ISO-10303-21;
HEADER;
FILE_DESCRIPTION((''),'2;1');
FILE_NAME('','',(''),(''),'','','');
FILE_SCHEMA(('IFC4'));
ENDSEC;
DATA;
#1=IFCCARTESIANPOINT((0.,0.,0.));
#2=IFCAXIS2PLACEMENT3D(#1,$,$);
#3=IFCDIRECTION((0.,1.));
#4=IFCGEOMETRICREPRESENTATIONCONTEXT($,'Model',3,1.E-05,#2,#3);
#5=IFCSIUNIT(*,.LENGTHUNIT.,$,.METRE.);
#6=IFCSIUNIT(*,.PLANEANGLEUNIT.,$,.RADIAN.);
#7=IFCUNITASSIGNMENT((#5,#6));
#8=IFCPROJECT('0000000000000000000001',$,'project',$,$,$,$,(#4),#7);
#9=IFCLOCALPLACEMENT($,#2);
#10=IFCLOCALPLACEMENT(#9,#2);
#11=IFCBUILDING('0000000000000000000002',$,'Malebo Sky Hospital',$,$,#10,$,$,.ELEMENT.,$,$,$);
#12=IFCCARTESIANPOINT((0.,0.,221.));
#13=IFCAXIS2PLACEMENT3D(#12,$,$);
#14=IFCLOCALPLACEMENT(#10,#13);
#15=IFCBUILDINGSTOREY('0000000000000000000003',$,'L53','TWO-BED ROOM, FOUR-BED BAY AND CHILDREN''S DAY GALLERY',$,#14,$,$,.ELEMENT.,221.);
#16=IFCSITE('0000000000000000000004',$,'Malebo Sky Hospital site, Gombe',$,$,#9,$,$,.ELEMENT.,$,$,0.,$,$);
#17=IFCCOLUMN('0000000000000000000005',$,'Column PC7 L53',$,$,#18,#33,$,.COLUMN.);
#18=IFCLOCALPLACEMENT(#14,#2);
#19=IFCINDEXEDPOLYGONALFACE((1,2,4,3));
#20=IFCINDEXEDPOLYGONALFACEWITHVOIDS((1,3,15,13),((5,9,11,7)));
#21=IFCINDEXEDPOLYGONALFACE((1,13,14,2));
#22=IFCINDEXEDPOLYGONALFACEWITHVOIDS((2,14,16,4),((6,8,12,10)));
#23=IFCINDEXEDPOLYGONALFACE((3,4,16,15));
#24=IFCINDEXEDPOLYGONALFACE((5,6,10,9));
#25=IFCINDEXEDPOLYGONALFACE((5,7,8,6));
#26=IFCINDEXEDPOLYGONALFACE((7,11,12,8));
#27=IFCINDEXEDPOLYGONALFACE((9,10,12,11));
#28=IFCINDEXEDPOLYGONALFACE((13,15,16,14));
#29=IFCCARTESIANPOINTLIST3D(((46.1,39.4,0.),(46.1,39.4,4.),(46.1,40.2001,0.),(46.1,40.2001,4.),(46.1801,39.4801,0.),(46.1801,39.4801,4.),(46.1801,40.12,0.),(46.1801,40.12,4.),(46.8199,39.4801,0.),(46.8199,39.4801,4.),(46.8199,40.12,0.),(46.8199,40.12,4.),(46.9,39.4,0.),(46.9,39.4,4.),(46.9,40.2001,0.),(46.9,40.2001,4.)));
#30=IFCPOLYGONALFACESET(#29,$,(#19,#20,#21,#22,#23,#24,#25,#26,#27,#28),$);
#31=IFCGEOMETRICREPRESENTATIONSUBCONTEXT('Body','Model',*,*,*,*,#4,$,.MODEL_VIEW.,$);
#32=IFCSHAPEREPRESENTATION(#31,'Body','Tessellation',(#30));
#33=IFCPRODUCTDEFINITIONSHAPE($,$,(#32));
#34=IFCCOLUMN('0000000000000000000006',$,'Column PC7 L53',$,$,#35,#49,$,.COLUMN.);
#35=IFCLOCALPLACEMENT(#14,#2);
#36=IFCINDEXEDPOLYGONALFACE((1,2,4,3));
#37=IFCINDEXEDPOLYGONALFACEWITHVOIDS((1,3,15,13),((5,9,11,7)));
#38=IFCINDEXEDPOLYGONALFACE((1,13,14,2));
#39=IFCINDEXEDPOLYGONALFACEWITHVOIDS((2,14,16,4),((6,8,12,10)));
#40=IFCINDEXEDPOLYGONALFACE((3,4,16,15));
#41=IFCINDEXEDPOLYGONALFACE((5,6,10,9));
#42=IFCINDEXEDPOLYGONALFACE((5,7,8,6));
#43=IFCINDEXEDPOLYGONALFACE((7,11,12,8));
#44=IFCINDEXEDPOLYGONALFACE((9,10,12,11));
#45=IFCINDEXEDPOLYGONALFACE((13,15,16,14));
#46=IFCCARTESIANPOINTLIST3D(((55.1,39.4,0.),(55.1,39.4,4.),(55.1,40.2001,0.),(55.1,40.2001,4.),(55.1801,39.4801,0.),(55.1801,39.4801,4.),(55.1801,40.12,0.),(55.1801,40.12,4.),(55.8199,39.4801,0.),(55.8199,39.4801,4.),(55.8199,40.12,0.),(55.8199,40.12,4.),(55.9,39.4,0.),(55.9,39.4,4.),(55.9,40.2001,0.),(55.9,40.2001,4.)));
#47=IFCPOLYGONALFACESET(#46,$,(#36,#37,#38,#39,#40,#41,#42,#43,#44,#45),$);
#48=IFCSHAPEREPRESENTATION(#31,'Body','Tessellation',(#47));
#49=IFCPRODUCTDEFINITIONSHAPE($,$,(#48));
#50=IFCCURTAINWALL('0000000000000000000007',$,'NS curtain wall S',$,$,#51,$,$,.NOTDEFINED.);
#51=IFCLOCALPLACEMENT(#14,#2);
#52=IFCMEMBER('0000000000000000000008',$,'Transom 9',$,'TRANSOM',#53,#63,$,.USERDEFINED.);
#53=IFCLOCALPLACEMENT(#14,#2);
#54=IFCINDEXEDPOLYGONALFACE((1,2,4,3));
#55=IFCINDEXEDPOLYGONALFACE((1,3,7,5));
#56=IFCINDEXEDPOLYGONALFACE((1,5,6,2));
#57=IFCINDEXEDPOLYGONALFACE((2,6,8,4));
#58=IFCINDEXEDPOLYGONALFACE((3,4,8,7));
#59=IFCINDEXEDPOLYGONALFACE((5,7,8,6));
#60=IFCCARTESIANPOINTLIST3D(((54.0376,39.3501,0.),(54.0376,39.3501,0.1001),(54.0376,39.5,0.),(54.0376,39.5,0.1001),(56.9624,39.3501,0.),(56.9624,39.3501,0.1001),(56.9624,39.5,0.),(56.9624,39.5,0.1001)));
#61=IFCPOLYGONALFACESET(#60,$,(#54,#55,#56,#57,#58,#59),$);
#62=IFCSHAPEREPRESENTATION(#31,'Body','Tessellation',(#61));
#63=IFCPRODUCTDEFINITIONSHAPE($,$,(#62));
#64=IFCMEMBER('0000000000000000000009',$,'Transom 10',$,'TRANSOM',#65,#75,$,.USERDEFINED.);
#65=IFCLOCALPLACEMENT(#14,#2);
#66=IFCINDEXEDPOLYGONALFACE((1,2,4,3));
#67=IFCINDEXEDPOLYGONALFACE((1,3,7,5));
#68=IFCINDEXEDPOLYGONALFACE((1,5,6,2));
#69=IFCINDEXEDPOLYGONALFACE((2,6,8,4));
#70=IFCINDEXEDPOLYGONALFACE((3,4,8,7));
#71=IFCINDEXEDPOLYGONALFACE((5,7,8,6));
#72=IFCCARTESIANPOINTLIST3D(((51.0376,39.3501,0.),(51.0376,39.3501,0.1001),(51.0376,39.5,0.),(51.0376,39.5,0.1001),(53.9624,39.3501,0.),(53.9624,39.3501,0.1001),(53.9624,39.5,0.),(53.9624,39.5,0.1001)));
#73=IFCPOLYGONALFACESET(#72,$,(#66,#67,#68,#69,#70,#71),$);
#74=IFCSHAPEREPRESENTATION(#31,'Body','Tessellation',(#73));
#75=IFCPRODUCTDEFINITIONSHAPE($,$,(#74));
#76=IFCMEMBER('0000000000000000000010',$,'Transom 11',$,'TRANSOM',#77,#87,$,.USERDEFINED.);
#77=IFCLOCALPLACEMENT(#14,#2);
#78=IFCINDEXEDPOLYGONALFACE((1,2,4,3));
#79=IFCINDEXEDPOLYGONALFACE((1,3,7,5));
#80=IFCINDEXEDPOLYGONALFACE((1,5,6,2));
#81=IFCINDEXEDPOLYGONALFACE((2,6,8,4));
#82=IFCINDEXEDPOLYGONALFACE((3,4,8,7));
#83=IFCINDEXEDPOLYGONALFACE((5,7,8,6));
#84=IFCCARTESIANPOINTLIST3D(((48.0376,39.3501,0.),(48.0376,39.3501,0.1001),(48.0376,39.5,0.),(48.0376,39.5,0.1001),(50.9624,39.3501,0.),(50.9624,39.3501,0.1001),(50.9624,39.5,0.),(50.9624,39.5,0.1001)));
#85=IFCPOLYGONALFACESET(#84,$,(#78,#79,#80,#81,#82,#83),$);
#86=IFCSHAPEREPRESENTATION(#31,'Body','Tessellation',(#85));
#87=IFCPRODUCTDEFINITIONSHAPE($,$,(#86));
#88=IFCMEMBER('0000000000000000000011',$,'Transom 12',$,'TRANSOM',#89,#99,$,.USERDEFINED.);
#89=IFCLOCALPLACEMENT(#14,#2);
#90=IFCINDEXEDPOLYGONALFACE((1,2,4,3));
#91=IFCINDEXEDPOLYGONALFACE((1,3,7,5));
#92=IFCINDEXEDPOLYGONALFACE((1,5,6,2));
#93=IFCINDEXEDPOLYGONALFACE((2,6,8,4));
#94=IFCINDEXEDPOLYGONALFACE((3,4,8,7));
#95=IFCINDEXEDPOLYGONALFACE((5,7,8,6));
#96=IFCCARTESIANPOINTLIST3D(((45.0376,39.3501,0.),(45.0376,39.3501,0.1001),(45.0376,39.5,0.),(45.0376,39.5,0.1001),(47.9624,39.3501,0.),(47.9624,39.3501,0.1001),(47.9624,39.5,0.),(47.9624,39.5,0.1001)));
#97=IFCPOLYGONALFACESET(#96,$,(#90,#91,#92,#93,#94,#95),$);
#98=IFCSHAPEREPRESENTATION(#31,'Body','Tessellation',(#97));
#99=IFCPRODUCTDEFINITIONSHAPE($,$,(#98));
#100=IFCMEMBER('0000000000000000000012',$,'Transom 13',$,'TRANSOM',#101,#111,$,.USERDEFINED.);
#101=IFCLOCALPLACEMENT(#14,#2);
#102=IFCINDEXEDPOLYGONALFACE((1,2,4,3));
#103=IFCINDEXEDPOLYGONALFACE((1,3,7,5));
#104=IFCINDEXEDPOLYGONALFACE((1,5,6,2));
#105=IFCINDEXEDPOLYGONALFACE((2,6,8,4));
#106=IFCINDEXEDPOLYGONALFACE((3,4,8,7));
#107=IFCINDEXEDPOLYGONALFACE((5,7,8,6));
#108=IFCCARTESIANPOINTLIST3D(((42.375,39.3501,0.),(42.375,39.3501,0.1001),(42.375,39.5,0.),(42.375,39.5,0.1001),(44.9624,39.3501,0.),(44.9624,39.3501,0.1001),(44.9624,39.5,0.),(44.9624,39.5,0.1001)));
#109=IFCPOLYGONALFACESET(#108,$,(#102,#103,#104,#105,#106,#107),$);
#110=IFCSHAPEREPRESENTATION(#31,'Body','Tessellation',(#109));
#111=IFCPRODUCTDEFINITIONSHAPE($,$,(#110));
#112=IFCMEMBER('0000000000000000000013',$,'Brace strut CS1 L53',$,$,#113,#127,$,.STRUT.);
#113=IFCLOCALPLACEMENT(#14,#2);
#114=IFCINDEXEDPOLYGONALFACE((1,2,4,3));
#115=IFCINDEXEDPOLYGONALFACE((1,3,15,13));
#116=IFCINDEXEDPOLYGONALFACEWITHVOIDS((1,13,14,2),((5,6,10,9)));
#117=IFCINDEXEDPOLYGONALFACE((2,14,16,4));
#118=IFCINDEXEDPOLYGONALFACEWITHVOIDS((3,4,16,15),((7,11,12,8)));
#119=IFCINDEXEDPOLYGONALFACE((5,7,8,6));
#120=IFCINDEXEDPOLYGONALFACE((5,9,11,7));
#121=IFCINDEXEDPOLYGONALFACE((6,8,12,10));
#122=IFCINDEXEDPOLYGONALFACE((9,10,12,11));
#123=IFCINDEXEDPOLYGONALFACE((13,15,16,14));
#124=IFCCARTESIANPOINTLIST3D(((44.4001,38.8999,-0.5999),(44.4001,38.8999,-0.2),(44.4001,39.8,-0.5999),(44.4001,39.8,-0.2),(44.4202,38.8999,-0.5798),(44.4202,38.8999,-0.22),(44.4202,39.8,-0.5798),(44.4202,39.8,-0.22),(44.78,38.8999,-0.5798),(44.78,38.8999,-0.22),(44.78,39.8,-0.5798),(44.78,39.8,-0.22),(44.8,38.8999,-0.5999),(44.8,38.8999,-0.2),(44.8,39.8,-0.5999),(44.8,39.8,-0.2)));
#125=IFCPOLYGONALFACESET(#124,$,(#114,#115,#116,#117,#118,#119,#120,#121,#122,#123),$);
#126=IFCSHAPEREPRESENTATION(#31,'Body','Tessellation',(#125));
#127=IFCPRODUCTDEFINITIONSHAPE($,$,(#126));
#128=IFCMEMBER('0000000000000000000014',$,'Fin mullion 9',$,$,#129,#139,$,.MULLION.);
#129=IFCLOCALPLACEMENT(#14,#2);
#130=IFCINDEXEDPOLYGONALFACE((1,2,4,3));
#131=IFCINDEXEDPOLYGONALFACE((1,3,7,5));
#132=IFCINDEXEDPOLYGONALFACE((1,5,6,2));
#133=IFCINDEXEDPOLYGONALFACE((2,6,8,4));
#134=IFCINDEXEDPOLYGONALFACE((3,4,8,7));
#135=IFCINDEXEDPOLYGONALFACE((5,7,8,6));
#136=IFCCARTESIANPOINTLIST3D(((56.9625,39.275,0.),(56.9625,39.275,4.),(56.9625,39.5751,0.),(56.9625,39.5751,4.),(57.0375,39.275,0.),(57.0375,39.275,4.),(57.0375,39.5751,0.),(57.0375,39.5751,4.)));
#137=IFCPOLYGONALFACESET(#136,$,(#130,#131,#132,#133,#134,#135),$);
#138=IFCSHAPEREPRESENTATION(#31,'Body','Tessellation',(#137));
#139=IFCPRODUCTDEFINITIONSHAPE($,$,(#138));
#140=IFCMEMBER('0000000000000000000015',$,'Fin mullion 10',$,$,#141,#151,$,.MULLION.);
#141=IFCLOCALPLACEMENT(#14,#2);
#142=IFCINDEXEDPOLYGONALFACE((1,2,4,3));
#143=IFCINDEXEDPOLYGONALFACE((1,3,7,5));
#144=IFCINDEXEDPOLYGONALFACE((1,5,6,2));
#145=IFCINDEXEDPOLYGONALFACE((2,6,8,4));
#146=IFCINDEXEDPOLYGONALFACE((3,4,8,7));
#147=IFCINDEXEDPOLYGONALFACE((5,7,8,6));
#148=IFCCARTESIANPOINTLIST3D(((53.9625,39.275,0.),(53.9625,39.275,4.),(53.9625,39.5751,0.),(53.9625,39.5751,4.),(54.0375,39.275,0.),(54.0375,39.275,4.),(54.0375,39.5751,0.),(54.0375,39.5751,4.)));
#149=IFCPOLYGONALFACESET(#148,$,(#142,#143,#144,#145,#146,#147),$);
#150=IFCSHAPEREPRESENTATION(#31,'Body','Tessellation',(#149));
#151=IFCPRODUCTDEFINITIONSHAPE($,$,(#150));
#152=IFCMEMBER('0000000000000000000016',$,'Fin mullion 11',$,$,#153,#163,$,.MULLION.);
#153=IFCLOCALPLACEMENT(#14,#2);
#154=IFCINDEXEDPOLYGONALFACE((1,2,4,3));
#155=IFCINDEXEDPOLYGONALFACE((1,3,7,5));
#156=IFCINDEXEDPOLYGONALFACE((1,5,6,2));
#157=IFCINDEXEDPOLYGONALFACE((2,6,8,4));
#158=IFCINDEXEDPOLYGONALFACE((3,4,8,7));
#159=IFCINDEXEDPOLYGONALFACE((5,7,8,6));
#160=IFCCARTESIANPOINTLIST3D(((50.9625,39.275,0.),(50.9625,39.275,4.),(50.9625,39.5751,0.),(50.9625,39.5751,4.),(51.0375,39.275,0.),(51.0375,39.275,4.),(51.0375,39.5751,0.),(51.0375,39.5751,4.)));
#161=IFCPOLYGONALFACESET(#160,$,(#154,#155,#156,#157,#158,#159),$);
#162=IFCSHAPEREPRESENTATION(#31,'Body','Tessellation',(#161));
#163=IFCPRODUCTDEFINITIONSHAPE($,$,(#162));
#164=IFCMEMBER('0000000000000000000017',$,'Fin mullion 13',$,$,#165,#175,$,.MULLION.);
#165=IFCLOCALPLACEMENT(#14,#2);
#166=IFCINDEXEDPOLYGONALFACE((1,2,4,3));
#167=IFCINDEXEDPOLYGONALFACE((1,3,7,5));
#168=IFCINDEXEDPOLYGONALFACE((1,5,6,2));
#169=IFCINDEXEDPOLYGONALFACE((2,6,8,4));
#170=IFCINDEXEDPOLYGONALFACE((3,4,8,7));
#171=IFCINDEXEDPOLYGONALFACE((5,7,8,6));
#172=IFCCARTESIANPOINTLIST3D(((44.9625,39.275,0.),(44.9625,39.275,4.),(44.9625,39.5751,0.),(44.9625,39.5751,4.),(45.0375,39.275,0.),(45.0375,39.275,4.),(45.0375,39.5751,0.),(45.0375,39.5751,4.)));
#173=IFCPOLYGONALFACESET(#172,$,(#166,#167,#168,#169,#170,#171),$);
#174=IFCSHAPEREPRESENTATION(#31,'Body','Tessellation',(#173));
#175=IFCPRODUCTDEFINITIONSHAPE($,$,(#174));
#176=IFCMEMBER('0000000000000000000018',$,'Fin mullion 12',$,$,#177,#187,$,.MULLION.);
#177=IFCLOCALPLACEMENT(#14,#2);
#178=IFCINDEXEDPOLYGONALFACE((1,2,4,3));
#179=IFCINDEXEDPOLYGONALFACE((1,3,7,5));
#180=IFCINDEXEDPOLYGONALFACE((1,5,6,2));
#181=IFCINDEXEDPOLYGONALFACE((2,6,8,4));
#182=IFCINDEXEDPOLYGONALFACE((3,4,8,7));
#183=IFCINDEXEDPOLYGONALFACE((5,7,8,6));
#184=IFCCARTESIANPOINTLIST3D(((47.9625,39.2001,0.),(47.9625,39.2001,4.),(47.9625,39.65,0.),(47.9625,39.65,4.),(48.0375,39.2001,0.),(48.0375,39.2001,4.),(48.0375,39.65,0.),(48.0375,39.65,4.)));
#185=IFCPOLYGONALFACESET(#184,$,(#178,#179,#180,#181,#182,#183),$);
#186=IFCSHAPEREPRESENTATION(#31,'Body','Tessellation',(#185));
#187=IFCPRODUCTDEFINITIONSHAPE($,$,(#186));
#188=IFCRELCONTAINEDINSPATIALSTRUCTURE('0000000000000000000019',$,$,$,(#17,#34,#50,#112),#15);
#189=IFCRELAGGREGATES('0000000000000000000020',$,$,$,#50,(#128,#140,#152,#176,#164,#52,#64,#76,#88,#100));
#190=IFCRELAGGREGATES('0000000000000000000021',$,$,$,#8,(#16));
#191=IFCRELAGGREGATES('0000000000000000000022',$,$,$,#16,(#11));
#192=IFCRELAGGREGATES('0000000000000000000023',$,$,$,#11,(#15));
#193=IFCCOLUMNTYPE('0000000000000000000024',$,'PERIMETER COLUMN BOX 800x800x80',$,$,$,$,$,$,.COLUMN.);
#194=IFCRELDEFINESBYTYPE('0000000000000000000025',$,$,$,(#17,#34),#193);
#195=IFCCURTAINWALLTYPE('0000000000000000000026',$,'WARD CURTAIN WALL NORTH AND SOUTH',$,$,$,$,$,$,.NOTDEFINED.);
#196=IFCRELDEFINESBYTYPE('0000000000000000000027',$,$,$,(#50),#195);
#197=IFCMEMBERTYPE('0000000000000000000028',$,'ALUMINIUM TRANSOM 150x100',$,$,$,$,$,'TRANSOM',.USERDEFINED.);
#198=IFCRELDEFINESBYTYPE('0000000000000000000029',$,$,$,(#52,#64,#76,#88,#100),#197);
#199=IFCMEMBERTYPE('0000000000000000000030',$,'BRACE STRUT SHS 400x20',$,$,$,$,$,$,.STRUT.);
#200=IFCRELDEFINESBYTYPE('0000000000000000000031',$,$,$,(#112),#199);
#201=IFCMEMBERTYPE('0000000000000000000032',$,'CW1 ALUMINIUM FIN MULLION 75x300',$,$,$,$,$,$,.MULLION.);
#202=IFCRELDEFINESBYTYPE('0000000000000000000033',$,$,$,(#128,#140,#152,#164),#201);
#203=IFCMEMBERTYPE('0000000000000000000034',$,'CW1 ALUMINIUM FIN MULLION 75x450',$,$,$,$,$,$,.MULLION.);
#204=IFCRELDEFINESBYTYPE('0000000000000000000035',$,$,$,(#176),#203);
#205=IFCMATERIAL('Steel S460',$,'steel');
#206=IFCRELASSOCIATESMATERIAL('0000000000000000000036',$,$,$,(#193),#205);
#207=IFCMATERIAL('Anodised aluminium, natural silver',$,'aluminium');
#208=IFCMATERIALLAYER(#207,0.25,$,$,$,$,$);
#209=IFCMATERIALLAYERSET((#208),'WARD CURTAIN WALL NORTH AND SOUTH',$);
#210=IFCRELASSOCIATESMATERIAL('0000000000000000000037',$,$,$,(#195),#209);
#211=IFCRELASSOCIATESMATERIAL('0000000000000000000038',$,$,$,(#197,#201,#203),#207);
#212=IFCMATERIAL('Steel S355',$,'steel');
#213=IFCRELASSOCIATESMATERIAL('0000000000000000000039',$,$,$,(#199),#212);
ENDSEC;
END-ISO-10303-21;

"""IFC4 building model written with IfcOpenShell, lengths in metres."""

from ifc_helpers import new_model, si_unit, direction, frame, origin, origin_2d, place, context, subcontext, project, spatial, rectangle, hollow_rectangle, extrude, material, layer, layer_set, material_profile, profile_set, type_object, element, aggregate, save


model = new_model("IFC4")

# Units and contexts
model_context = context("Model", 3, precision=1e-05, world=origin(), true_north=direction((0.0, 1.0)))
body_context = subcontext(model_context, "Body", "Model", "MODEL_VIEW")
ifc_project = project(units=[si_unit("LENGTHUNIT", "METRE"), si_unit("PLANEANGLEUNIT", "RADIAN")], contexts=[model_context])

# Site, building, storey
site_placement = place(None, origin())
site = spatial("IfcSite", under=ifc_project, at=site_placement, Name="Malebo Sky Hospital site, Gombe", CompositionType="ELEMENT", RefElevation=0.0)
building_placement = place(site_placement, origin())
building = spatial("IfcBuilding", under=site, at=building_placement, Name="Malebo Sky Hospital", CompositionType="ELEMENT")
storey_placement = place(building_placement, frame((0.0, 0.0, 221.0)))
storey = spatial("IfcBuildingStorey", under=building, at=storey_placement, Name="L53", Description="TWO-BED ROOM, FOUR-BED BAY AND CHILDREN'S DAY GALLERY", CompositionType="ELEMENT", Elevation=221.0)

# Columns
ifc_material_1 = material(Name="Steel S460", Category="steel")
ifc_material_profile_1 = material_profile(ifc_material_1, hollow_rectangle(XDim=0.8, YDim=0.8, WallThickness=0.0801, at=origin_2d()), Name="BOX 800x800x80")
ifc_profile_set_1 = profile_set([ifc_material_profile_1], Name="Steel S460")
column_type = type_object("IfcColumnType", Name="PERIMETER COLUMN BOX 800x800x80", PredefinedType="COLUMN", material=ifc_profile_set_1)
for number, where, z_axis, x_axis, name in (
    (1, (46.5, 39.8, 0.0), (0.0, 0.0, 1.0), (1.0, 0.0, 0.0), "Column PC7 L53"),
    (2, (55.5, 39.8, 0.0), (0.0, 0.0, 1.0), (1.0, 0.0, 0.0), "Column PC7 L53"),
):
    element("IfcColumn", number, at=place(storey_placement, frame(where, z_axis=z_axis, x_axis=x_axis)), inside=storey, type_object=column_type, Name=name, PredefinedType="COLUMN", context=body_context, shape_type="SweptSolid", body=[
        extrude(hollow_rectangle(XDim=0.8, YDim=0.8, WallThickness=0.0801, at=origin_2d()), origin(), (0.0, 0.0, 1.0), 4.0),
    ])

# Curtain wall, members
ifc_material_2 = material(Name="Anodised aluminium, natural silver", Category="aluminium")
ifc_layer_1 = layer(ifc_material_2, 0.25)
ifc_layer_set_1 = layer_set([ifc_layer_1], Name="WARD CURTAIN WALL NORTH AND SOUTH")
curtain_wall_type = type_object("IfcCurtainWallType", Name="WARD CURTAIN WALL NORTH AND SOUTH", PredefinedType="NOTDEFINED", material=ifc_layer_set_1)
curtain_wall_placement = place(storey_placement, origin())
curtain_wall = element("IfcCurtainWall", 3, at=curtain_wall_placement, inside=storey, type_object=curtain_wall_type, Name="NS curtain wall S", PredefinedType="NOTDEFINED")
ifc_material_profile_2 = material_profile(ifc_material_2, rectangle(XDim=0.1499, YDim=0.1001, at=origin_2d()), Name="ALUMINIUM TRANSOM 150x100")
ifc_profile_set_2 = profile_set([ifc_material_profile_2], Name="Anodised aluminium, natural silver")
member_type_1 = type_object("IfcMemberType", Name="ALUMINIUM TRANSOM 150x100", ElementType="TRANSOM", PredefinedType="USERDEFINED", material=ifc_profile_set_2)
member_1_placement = place(storey_placement, frame((56.9624, 39.425, 0.05), z_axis=(-1.0, 0.0, 0.0), x_axis=(0.0, -1.0, 0.0)))
member_1 = element("IfcMember", 4, at=member_1_placement, type_object=member_type_1, Name="Transom 9", ObjectType="TRANSOM", PredefinedType="USERDEFINED", context=body_context, shape_type="SweptSolid", body=[
    extrude(rectangle(XDim=0.1499, YDim=0.1001, at=origin_2d()), origin(), (0.0, 0.0, 1.0), 2.9248),
])
member_2_placement = place(storey_placement, frame((53.9624, 39.425, 0.05), z_axis=(-1.0, 0.0, 0.0), x_axis=(0.0, -1.0, 0.0)))
member_2 = element("IfcMember", 5, at=member_2_placement, type_object=member_type_1, Name="Transom 10", ObjectType="TRANSOM", PredefinedType="USERDEFINED", context=body_context, shape_type="SweptSolid", body=[
    extrude(rectangle(XDim=0.1499, YDim=0.1001, at=origin_2d()), origin(), (0.0, 0.0, 1.0), 2.9248),
])
member_3_placement = place(storey_placement, frame((50.9624, 39.425, 0.05), z_axis=(-1.0, 0.0, 0.0), x_axis=(0.0, -1.0, 0.0)))
member_3 = element("IfcMember", 6, at=member_3_placement, type_object=member_type_1, Name="Transom 11", ObjectType="TRANSOM", PredefinedType="USERDEFINED", context=body_context, shape_type="SweptSolid", body=[
    extrude(rectangle(XDim=0.1499, YDim=0.1001, at=origin_2d()), origin(), (0.0, 0.0, 1.0), 2.9248),
])
member_4_placement = place(storey_placement, frame((47.9624, 39.425, 0.05), z_axis=(-1.0, 0.0, 0.0), x_axis=(0.0, -1.0, 0.0)))
member_4 = element("IfcMember", 7, at=member_4_placement, type_object=member_type_1, Name="Transom 12", ObjectType="TRANSOM", PredefinedType="USERDEFINED", context=body_context, shape_type="SweptSolid", body=[
    extrude(rectangle(XDim=0.1499, YDim=0.1001, at=origin_2d()), origin(), (0.0, 0.0, 1.0), 2.9248),
])
member_5_placement = place(storey_placement, frame((44.9624, 39.425, 0.05), z_axis=(-1.0, 0.0, 0.0), x_axis=(0.0, -1.0, 0.0)))
member_5 = element("IfcMember", 8, at=member_5_placement, type_object=member_type_1, Name="Transom 13", ObjectType="TRANSOM", PredefinedType="USERDEFINED", context=body_context, shape_type="SweptSolid", body=[
    extrude(rectangle(XDim=0.1499, YDim=0.1001, at=origin_2d()), origin(), (0.0, 0.0, 1.0), 2.5874),
])

# Members
ifc_material_3 = material(Name="Steel S355", Category="steel")
ifc_material_profile_3 = material_profile(ifc_material_3, hollow_rectangle(XDim=0.3999, YDim=0.3999, WallThickness=0.02, at=origin_2d()), Name="SHS 400x20")
ifc_profile_set_3 = profile_set([ifc_material_profile_3], Name="Steel S355")
member_type_2 = type_object("IfcMemberType", Name="BRACE STRUT SHS 400x20", PredefinedType="STRUT", material=ifc_profile_set_3)
member_6_placement = place(storey_placement, frame((44.6001, 38.8999, -0.3999), z_axis=(0.0, 1.0, 0.0), x_axis=(-1.0, 0.0, 0.0)))
element("IfcMember", 9, at=member_6_placement, inside=storey, type_object=member_type_2, Name="Brace strut CS1 L53", PredefinedType="STRUT", context=body_context, shape_type="SweptSolid", body=[
    extrude(hollow_rectangle(XDim=0.3999, YDim=0.3999, WallThickness=0.02, at=origin_2d()), origin(), (0.0, 0.0, 1.0), 0.9001),
])
ifc_material_profile_4 = material_profile(ifc_material_2, rectangle(XDim=0.075, YDim=0.3, at=origin_2d()), Name="CW1 ALUMINIUM FIN MULLION 75x300")
ifc_profile_set_4 = profile_set([ifc_material_profile_4], Name="Anodised aluminium, natural silver")
member_type_3 = type_object("IfcMemberType", Name="CW1 ALUMINIUM FIN MULLION 75x300", PredefinedType="MULLION", material=ifc_profile_set_4)
member_7_placement = place(storey_placement, frame((57.0, 39.425, 0.0), z_axis=(0.0, 0.0, 1.0), x_axis=(-1.0, 0.0, 0.0)))
member_7 = element("IfcMember", 10, at=member_7_placement, type_object=member_type_3, Name="Fin mullion 9", PredefinedType="MULLION", context=body_context, shape_type="SweptSolid", body=[
    extrude(rectangle(XDim=0.075, YDim=0.3, at=origin_2d()), origin(), (0.0, 0.0, 1.0), 4.0),
])
member_8_placement = place(storey_placement, frame((54.0, 39.425, 0.0), z_axis=(0.0, 0.0, 1.0), x_axis=(-1.0, 0.0, 0.0)))
member_8 = element("IfcMember", 11, at=member_8_placement, type_object=member_type_3, Name="Fin mullion 10", PredefinedType="MULLION", context=body_context, shape_type="SweptSolid", body=[
    extrude(rectangle(XDim=0.075, YDim=0.3, at=origin_2d()), origin(), (0.0, 0.0, 1.0), 4.0),
])
member_9_placement = place(storey_placement, frame((51.0, 39.425, 0.0), z_axis=(0.0, 0.0, 1.0), x_axis=(-1.0, 0.0, 0.0)))
member_9 = element("IfcMember", 12, at=member_9_placement, type_object=member_type_3, Name="Fin mullion 11", PredefinedType="MULLION", context=body_context, shape_type="SweptSolid", body=[
    extrude(rectangle(XDim=0.075, YDim=0.3, at=origin_2d()), origin(), (0.0, 0.0, 1.0), 4.0),
])
member_10_placement = place(storey_placement, frame((45.0, 39.425, 0.0), z_axis=(0.0, 0.0, 1.0), x_axis=(-1.0, 0.0, 0.0)))
member_10 = element("IfcMember", 13, at=member_10_placement, type_object=member_type_3, Name="Fin mullion 13", PredefinedType="MULLION", context=body_context, shape_type="SweptSolid", body=[
    extrude(rectangle(XDim=0.075, YDim=0.3, at=origin_2d()), origin(), (0.0, 0.0, 1.0), 4.0),
])
ifc_material_profile_5 = material_profile(ifc_material_2, rectangle(XDim=0.075, YDim=0.45, at=origin_2d()), Name="CW1 ALUMINIUM FIN MULLION 75x450")
ifc_profile_set_5 = profile_set([ifc_material_profile_5], Name="Anodised aluminium, natural silver")
member_type_4 = type_object("IfcMemberType", Name="CW1 ALUMINIUM FIN MULLION 75x450", PredefinedType="MULLION", material=ifc_profile_set_5)
member_11_placement = place(storey_placement, frame((48.0, 39.425, 0.0), z_axis=(0.0, 0.0, 1.0), x_axis=(-1.0, 0.0, 0.0)))
member_11 = element("IfcMember", 14, at=member_11_placement, type_object=member_type_4, Name="Fin mullion 12", PredefinedType="MULLION", context=body_context, shape_type="SweptSolid", body=[
    extrude(rectangle(XDim=0.075, YDim=0.45, at=origin_2d()), origin(), (0.0, 0.0, 1.0), 4.0),
])

aggregate(curtain_wall, [member_7, member_8, member_9, member_11, member_10, member_1, member_2, member_3, member_4, member_5])

save(model, "model.ifc")
